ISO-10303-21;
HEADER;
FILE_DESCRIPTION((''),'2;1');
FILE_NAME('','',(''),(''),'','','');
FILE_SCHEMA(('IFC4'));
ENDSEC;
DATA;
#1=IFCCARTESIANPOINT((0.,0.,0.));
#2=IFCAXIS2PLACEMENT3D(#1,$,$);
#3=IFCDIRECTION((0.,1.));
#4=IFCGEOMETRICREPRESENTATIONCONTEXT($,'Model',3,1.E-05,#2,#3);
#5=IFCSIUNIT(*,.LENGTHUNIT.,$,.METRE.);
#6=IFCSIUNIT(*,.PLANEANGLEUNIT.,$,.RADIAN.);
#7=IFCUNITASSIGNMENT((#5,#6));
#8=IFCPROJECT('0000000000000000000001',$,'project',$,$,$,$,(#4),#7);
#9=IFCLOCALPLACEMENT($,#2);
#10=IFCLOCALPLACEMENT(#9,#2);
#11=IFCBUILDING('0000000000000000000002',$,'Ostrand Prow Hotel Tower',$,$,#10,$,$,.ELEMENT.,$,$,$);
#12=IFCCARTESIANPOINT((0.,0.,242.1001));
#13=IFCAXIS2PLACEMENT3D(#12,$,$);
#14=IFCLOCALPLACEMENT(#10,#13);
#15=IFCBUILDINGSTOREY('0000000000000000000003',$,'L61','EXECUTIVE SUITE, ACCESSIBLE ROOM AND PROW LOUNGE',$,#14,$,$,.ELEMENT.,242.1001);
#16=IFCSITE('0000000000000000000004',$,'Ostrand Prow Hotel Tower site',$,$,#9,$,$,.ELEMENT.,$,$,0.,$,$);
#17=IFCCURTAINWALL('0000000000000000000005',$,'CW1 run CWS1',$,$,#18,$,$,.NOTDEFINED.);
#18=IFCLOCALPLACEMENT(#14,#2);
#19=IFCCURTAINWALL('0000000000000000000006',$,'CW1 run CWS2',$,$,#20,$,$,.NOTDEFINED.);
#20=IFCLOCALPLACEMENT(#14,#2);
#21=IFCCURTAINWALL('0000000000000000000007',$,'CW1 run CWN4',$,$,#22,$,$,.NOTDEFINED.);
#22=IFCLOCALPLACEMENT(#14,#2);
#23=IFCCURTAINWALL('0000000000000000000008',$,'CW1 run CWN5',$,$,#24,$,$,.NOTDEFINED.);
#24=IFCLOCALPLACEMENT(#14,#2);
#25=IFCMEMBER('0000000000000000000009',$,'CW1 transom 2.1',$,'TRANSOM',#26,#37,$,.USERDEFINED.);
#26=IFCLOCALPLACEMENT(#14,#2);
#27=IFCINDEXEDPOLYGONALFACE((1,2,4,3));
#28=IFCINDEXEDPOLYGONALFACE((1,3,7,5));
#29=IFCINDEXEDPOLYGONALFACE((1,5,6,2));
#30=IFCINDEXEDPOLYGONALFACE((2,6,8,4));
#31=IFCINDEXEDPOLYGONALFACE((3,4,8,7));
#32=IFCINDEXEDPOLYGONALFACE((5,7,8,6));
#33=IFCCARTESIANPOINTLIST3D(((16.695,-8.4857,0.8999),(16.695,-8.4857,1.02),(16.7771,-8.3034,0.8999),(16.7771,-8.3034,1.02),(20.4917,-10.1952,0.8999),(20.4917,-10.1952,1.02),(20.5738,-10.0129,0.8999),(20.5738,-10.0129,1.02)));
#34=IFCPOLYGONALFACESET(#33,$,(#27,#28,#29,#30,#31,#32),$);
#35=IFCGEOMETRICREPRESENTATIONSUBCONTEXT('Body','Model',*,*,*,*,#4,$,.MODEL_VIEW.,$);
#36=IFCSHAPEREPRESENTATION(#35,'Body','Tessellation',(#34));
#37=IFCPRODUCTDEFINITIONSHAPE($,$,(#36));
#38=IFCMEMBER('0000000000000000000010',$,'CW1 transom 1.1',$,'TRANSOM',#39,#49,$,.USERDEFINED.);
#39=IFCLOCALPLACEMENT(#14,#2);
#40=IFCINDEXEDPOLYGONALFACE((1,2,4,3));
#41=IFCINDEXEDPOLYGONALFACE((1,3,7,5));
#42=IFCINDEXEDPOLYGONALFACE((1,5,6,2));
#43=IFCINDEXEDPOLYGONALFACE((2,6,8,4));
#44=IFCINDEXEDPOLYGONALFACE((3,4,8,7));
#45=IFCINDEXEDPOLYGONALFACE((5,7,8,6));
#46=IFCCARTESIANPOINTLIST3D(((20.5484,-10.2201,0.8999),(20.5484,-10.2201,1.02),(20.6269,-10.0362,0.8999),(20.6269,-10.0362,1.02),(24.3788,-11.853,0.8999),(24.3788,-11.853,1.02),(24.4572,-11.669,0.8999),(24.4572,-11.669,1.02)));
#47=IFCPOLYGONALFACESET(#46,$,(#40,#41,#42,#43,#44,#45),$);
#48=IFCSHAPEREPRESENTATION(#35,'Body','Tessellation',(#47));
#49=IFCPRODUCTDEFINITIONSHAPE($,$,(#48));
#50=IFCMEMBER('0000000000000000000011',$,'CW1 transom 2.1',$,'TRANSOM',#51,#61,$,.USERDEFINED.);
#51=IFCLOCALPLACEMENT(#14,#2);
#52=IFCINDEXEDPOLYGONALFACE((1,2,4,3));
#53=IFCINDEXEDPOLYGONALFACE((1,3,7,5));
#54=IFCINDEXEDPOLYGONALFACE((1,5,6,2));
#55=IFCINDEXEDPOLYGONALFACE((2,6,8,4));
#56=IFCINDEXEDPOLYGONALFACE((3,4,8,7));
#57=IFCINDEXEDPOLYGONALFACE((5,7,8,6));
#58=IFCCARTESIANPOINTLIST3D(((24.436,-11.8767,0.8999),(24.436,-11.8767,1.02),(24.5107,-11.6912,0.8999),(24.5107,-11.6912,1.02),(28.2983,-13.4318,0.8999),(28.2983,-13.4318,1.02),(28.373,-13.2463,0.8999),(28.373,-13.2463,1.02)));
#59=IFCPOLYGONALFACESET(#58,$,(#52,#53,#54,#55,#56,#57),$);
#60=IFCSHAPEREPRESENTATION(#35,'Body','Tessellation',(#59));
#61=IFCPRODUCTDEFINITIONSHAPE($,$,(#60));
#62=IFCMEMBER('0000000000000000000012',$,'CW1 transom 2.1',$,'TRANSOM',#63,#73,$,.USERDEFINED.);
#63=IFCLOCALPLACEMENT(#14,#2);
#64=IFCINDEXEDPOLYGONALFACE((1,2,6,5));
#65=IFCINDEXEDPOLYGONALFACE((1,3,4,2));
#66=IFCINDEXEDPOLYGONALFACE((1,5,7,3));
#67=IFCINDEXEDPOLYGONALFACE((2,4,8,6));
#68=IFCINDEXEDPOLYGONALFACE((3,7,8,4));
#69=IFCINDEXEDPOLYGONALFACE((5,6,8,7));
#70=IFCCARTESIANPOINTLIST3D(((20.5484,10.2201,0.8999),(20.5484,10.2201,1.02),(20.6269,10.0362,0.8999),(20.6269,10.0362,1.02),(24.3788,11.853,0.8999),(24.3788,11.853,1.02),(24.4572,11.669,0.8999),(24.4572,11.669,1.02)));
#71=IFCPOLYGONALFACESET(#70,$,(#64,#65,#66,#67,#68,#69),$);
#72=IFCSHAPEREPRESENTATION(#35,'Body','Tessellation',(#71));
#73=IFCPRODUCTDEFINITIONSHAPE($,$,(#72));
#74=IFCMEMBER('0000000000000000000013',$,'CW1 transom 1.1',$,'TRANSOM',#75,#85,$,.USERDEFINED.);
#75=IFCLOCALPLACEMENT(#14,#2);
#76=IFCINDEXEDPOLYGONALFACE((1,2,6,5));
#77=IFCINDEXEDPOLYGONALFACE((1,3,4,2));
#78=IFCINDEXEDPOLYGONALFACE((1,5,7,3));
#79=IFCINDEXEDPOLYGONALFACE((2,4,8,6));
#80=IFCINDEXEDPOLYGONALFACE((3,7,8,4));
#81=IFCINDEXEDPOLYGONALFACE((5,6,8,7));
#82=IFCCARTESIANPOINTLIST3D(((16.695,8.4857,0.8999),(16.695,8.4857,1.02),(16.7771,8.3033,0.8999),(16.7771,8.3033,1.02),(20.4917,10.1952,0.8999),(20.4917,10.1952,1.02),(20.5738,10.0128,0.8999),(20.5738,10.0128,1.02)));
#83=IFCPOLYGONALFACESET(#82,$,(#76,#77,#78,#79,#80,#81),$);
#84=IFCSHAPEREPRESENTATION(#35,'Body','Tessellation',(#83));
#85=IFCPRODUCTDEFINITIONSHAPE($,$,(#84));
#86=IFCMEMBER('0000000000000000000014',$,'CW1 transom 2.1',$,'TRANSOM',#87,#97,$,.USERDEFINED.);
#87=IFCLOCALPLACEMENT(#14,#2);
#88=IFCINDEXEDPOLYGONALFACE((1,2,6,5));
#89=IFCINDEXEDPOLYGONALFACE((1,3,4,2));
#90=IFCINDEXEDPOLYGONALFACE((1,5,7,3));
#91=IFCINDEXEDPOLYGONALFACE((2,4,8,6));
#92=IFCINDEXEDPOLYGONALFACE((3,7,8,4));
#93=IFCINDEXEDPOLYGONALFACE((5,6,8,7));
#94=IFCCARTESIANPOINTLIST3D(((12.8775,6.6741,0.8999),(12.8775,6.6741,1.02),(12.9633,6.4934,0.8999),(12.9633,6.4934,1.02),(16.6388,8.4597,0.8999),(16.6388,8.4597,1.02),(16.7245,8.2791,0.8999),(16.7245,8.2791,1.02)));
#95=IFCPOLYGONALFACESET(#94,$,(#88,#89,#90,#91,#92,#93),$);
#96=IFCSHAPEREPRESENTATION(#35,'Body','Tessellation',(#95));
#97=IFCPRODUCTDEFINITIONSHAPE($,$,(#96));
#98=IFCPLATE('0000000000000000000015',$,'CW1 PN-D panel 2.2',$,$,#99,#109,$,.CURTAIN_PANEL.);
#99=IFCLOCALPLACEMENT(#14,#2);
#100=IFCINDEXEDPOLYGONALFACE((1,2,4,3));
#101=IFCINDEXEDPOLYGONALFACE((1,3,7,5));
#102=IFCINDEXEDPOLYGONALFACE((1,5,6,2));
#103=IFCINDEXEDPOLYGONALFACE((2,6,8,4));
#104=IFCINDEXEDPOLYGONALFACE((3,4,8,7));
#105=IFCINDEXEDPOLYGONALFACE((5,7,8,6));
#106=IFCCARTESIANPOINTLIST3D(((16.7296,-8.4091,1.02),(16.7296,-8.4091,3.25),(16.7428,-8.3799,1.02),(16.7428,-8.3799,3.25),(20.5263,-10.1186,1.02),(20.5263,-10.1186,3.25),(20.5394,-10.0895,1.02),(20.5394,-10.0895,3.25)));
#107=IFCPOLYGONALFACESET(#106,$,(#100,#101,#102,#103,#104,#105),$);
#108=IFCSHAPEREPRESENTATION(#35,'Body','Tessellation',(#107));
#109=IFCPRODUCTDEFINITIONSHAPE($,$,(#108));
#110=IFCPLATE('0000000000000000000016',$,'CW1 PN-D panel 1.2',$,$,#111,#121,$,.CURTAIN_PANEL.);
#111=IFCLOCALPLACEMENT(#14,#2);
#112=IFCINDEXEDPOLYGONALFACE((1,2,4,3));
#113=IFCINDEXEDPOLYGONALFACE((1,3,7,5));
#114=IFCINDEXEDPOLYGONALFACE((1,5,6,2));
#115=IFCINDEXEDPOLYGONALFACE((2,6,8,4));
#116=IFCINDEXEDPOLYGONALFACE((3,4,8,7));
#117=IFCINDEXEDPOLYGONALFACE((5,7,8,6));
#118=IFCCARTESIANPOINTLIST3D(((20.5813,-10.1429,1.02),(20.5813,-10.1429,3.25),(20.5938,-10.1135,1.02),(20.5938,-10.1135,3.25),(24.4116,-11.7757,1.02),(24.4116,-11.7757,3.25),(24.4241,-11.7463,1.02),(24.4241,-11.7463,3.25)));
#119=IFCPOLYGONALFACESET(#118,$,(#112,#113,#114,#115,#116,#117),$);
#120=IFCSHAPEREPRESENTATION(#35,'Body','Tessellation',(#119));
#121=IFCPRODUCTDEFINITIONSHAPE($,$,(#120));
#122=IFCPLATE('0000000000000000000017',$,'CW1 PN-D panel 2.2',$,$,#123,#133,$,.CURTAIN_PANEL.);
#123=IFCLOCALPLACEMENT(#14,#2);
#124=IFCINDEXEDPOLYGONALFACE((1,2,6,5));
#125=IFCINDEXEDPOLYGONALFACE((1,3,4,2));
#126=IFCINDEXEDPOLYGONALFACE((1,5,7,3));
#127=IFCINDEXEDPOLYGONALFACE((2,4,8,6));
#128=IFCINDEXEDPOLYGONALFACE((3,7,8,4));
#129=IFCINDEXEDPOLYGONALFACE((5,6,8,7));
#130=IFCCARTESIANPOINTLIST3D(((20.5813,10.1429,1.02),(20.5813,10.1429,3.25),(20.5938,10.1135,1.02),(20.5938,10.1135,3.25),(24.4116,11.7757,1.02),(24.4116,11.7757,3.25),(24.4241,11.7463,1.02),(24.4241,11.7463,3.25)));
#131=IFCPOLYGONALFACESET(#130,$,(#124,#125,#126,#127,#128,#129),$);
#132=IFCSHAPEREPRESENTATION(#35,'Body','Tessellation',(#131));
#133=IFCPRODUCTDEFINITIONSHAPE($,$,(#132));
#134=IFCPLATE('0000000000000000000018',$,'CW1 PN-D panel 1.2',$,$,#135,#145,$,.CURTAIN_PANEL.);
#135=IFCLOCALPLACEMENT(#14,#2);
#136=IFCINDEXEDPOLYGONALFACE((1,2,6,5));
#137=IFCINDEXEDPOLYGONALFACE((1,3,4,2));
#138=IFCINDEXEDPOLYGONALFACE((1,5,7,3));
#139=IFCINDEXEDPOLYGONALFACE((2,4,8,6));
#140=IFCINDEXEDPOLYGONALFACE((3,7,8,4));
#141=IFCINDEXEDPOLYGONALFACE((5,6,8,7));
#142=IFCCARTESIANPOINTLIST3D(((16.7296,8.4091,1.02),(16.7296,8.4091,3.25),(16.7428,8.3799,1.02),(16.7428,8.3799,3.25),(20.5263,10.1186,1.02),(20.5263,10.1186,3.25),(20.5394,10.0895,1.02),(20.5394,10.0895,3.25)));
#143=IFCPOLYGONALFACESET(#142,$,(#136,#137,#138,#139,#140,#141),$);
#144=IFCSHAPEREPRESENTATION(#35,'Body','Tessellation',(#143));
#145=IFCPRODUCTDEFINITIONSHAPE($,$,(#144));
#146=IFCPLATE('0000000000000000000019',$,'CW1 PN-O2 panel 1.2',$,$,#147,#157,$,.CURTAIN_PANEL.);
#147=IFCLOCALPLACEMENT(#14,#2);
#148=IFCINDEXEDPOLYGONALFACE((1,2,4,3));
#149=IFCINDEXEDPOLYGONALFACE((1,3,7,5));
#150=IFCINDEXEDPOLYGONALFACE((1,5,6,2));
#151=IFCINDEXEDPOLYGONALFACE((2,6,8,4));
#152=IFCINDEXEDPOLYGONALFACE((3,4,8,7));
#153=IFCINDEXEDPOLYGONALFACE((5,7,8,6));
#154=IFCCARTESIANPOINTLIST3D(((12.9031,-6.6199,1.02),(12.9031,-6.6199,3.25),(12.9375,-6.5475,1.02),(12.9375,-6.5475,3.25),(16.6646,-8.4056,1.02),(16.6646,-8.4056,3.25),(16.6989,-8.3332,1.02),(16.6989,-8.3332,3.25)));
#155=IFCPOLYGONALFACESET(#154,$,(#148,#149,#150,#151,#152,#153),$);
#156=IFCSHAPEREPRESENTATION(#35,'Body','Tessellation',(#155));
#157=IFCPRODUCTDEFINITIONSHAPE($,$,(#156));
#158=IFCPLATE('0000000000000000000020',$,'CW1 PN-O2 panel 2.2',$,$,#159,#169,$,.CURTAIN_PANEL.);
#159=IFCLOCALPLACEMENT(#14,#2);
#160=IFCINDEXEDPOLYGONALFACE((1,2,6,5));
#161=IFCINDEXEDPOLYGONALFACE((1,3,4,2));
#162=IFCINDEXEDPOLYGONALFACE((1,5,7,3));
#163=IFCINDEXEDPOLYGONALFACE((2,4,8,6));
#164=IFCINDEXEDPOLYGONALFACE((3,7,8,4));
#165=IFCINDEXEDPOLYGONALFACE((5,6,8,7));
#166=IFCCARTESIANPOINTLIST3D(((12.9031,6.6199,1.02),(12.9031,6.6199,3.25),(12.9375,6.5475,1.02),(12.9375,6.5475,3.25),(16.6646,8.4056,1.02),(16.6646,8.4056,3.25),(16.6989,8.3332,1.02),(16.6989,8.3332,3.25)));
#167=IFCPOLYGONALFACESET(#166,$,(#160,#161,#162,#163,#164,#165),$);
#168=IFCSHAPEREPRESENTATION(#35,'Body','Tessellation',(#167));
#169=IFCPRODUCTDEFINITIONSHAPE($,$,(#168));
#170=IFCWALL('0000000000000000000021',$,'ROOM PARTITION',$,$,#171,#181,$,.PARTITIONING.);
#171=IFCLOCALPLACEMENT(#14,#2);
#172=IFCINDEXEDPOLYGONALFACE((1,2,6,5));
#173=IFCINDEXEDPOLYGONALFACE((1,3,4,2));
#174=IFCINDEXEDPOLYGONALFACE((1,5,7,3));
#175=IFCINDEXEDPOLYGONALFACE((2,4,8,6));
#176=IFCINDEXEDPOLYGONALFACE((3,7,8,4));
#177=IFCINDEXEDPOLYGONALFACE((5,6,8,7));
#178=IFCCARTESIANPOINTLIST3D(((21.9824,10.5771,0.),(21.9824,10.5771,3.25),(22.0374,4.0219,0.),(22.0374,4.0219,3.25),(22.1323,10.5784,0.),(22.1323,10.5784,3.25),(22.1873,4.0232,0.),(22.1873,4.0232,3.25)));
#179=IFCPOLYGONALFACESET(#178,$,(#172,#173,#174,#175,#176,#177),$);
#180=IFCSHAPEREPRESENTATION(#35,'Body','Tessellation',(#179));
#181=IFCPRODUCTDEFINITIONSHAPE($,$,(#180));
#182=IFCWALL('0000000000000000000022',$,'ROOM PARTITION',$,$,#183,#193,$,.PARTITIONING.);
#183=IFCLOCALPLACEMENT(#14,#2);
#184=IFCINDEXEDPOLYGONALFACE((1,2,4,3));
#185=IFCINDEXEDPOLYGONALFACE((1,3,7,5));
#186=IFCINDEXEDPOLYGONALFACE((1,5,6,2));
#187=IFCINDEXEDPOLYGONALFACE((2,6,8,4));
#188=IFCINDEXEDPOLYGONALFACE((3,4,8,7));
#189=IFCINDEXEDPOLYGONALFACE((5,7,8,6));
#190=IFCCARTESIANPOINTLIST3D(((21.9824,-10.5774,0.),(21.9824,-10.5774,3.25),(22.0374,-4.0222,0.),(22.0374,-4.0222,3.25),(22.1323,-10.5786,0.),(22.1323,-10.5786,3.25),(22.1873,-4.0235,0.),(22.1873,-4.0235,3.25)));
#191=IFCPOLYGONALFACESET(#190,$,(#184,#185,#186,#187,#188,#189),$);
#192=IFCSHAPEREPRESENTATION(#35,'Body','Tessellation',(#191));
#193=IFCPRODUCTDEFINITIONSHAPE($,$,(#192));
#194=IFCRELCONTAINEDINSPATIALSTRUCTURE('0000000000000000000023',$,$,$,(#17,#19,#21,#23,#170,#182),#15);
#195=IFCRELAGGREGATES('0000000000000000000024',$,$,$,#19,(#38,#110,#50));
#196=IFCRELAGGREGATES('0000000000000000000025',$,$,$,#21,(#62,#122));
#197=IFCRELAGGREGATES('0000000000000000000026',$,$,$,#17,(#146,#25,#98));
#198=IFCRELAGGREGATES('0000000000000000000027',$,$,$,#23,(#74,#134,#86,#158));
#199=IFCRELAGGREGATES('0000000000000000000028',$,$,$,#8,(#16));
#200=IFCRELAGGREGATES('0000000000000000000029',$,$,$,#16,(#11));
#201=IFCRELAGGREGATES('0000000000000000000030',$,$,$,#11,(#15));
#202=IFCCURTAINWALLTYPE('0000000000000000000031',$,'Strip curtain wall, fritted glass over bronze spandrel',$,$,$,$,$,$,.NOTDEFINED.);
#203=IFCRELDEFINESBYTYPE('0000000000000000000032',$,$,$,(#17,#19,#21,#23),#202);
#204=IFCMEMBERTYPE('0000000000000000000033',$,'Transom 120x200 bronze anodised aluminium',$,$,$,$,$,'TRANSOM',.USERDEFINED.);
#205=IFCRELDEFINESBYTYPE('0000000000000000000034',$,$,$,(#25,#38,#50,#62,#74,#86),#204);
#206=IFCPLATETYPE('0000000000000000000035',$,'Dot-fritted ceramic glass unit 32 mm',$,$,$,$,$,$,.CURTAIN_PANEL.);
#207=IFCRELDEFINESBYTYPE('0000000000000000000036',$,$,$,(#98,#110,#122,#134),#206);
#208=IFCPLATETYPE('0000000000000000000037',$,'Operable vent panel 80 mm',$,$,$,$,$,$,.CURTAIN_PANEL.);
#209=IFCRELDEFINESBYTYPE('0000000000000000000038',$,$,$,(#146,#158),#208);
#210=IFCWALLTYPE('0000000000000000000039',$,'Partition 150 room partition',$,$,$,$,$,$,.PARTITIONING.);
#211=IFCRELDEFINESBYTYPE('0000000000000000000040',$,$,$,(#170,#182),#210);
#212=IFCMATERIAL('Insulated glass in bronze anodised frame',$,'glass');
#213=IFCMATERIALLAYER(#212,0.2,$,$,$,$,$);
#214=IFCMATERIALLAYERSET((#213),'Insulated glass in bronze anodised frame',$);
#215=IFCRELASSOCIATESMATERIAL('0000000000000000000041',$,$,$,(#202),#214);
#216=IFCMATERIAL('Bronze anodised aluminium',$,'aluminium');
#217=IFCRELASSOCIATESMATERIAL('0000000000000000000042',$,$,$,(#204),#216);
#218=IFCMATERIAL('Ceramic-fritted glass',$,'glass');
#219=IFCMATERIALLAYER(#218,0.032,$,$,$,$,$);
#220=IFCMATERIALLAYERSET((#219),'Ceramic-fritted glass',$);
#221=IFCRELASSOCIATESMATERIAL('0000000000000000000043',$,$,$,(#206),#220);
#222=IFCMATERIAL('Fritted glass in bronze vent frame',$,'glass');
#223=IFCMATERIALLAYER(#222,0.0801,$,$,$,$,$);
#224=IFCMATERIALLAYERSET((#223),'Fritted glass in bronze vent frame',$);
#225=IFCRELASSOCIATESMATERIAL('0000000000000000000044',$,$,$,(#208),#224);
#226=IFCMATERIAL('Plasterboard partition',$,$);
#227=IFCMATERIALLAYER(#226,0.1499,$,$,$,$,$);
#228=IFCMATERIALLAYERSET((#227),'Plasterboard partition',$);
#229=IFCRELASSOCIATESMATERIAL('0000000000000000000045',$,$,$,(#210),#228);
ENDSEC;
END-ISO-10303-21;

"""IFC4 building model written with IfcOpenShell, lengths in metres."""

from ifc_helpers import new_model, si_unit, direction, frame, frame_2d, origin, origin_2d, place, context, subcontext, project, spatial, rectangle, extrude, material, layer, layer_set, material_profile, profile_set, type_object, element, aggregate, save


model = new_model("IFC4")

# Units and contexts
model_context = context("Model", 3, precision=1e-05, world=origin(), true_north=direction((0.0, 1.0)))
body_context = subcontext(model_context, "Body", "Model", "MODEL_VIEW")
ifc_project = project(units=[si_unit("LENGTHUNIT", "METRE"), si_unit("PLANEANGLEUNIT", "RADIAN")], contexts=[model_context])

# Site, building, storey
site_placement = place(None, origin())
site = spatial("IfcSite", under=ifc_project, at=site_placement, Name="Ostrand Prow Hotel Tower site", CompositionType="ELEMENT", RefElevation=0.0)
building_placement = place(site_placement, origin())
building = spatial("IfcBuilding", under=site, at=building_placement, Name="Ostrand Prow Hotel Tower", CompositionType="ELEMENT")
storey_placement = place(building_placement, frame((0.0, 0.0, 242.1001)))
storey = spatial("IfcBuildingStorey", under=building, at=storey_placement, Name="L61", Description="EXECUTIVE SUITE, ACCESSIBLE ROOM AND PROW LOUNGE", CompositionType="ELEMENT", Elevation=242.1001)

# Curtain wall
ifc_material_1 = material(Name="Insulated glass in bronze anodised frame", Category="glass")
ifc_layer_1 = layer(ifc_material_1, 0.2)
ifc_layer_set_1 = layer_set([ifc_layer_1], Name="Insulated glass in bronze anodised frame")
curtain_wall_type = type_object("IfcCurtainWallType", Name="Strip curtain wall, fritted glass over bronze spandrel", PredefinedType="NOTDEFINED", material=ifc_layer_set_1)
curtain_wall_1_placement = place(storey_placement, origin())
curtain_wall_1 = element("IfcCurtainWall", 1, at=curtain_wall_1_placement, inside=storey, type_object=curtain_wall_type, Name="CW1 run CWS1", PredefinedType="NOTDEFINED")

# Curtain wall
curtain_wall_2_placement = place(storey_placement, origin())
curtain_wall_2 = element("IfcCurtainWall", 2, at=curtain_wall_2_placement, inside=storey, type_object=curtain_wall_type, Name="CW1 run CWS2", PredefinedType="NOTDEFINED")

# Curtain wall
curtain_wall_3_placement = place(storey_placement, origin())
curtain_wall_3 = element("IfcCurtainWall", 3, at=curtain_wall_3_placement, inside=storey, type_object=curtain_wall_type, Name="CW1 run CWN4", PredefinedType="NOTDEFINED")

# Curtain wall
curtain_wall_4_placement = place(storey_placement, origin())
curtain_wall_4 = element("IfcCurtainWall", 4, at=curtain_wall_4_placement, inside=storey, type_object=curtain_wall_type, Name="CW1 run CWN5", PredefinedType="NOTDEFINED")

# Members
ifc_material_2 = material(Name="Bronze anodised aluminium", Category="aluminium")
ifc_material_profile_1 = material_profile(ifc_material_2, rectangle(XDim=0.2, YDim=0.1201, at=origin_2d()), Name="Transom 120x200 bronze anodised aluminium")
ifc_profile_set_1 = profile_set([ifc_material_profile_1], Name="Bronze anodised aluminium")
member_type_1 = type_object("IfcMemberType", Name="Transom 120x200 bronze anodised aluminium", ElementType="TRANSOM", PredefinedType="USERDEFINED", material=ifc_profile_set_1)
member_1_placement = place(storey_placement, frame((16.7361, -8.3945, 0.96), z_axis=(0.911833, -0.410562, 0.0), x_axis=(0.410562, 0.911833, 0.0)))
member_1 = element("IfcMember", 5, at=member_1_placement, type_object=member_type_1, Name="CW1 transom 2.1", ObjectType="TRANSOM", PredefinedType="USERDEFINED", context=body_context, shape_type="SweptSolid", body=[
    extrude(rectangle(XDim=0.2, YDim=0.1201, at=origin_2d()), origin(), (0.0, 0.0, 1.0), 4.1638),
])
member_2_placement = place(storey_placement, frame((20.5876, -10.1282, 0.96), z_axis=(0.919905, -0.392142, 0.0), x_axis=(0.392142, 0.919905, 0.0)))
member_2 = element("IfcMember", 6, at=member_2_placement, type_object=member_type_1, Name="CW1 transom 1.1", ObjectType="TRANSOM", PredefinedType="USERDEFINED", context=body_context, shape_type="SweptSolid", body=[
    extrude(rectangle(XDim=0.2, YDim=0.1201, at=origin_2d()), origin(), (0.0, 0.0, 1.0), 4.1638),
])
member_3_placement = place(storey_placement, frame((24.4734, -11.7839, 0.96), z_axis=(0.927625, -0.373513, 0.0), x_axis=(0.373513, 0.927625, 0.0)))
member_3 = element("IfcMember", 7, at=member_3_placement, type_object=member_type_1, Name="CW1 transom 2.1", ObjectType="TRANSOM", PredefinedType="USERDEFINED", context=body_context, shape_type="SweptSolid", body=[
    extrude(rectangle(XDim=0.2, YDim=0.1201, at=origin_2d()), origin(), (0.0, 0.0, 1.0), 4.1636),
])
member_4_placement = place(storey_placement, frame((24.418, 11.761, 0.96), z_axis=(-0.919905, -0.392142, 0.0), x_axis=(0.392142, -0.919905, 0.0)))
member_4 = element("IfcMember", 8, at=member_4_placement, type_object=member_type_1, Name="CW1 transom 2.1", ObjectType="TRANSOM", PredefinedType="USERDEFINED", context=body_context, shape_type="SweptSolid", body=[
    extrude(rectangle(XDim=0.2, YDim=0.1201, at=origin_2d()), origin(), (0.0, 0.0, 1.0), 4.1638),
])
member_5_placement = place(storey_placement, frame((20.5327, 10.104, 0.96), z_axis=(-0.911833, -0.410562, 0.0), x_axis=(0.410562, -0.911833, 0.0)))
member_5 = element("IfcMember", 9, at=member_5_placement, type_object=member_type_1, Name="CW1 transom 1.1", ObjectType="TRANSOM", PredefinedType="USERDEFINED", context=body_context, shape_type="SweptSolid", body=[
    extrude(rectangle(XDim=0.2, YDim=0.1201, at=origin_2d()), origin(), (0.0, 0.0, 1.0), 4.1638),
])
member_6_placement = place(storey_placement, frame((16.6816, 8.3694, 0.96), z_axis=(-0.903365, -0.428873, 0.0), x_axis=(0.428873, -0.903365, 0.0)))
member_6 = element("IfcMember", 10, at=member_6_placement, type_object=member_type_1, Name="CW1 transom 2.1", ObjectType="TRANSOM", PredefinedType="USERDEFINED", context=body_context, shape_type="SweptSolid", body=[
    extrude(rectangle(XDim=0.2, YDim=0.1201, at=origin_2d()), origin(), (0.0, 0.0, 1.0), 4.1636),
])

# Plates
ifc_material_3 = material(Name="Ceramic-fritted glass", Category="glass")
ifc_layer_2 = layer(ifc_material_3, 0.032)
ifc_layer_set_2 = layer_set([ifc_layer_2], Name="Ceramic-fritted glass")
plate_type_1 = type_object("IfcPlateType", Name="Dot-fritted ceramic glass unit 32 mm", PredefinedType="CURTAIN_PANEL", material=ifc_layer_set_2)
plate_1_placement = place(storey_placement, frame((18.6345, -9.2493, 1.02), z_axis=(0.0, 0.0, 1.0), x_axis=(0.911824, -0.410582, 0.0)))
plate_1 = element("IfcPlate", 11, at=plate_1_placement, type_object=plate_type_1, Name="CW1 PN-D panel 2.2", PredefinedType="CURTAIN_PANEL", context=body_context, shape_type="SweptSolid", body=[
    extrude(rectangle(XDim=4.1638, YDim=0.032, at=origin_2d()), origin(), (0.0, 0.0, 1.0), 2.23),
])
plate_2_placement = place(storey_placement, frame((22.5027, -10.9446, 1.02), z_axis=(0.0, 0.0, 1.0), x_axis=(0.919907, -0.392136, 0.0)))
plate_2 = element("IfcPlate", 12, at=plate_2_placement, type_object=plate_type_1, Name="CW1 PN-D panel 1.2", PredefinedType="CURTAIN_PANEL", context=body_context, shape_type="SweptSolid", body=[
    extrude(rectangle(XDim=4.1638, YDim=0.032, at=origin_2d()), origin(), (0.0, 0.0, 1.0), 2.23),
])
aggregate(curtain_wall_2, [member_2, plate_2, member_3])
plate_3_placement = place(storey_placement, frame((22.5027, 10.9446, 1.02), z_axis=(0.0, 0.0, 1.0), x_axis=(-0.919907, -0.392136, 0.0)))
plate_3 = element("IfcPlate", 13, at=plate_3_placement, type_object=plate_type_1, Name="CW1 PN-D panel 2.2", PredefinedType="CURTAIN_PANEL", context=body_context, shape_type="SweptSolid", body=[
    extrude(rectangle(XDim=4.1638, YDim=0.032, at=origin_2d()), origin(), (0.0, 0.0, 1.0), 2.23),
])
aggregate(curtain_wall_3, [member_4, plate_3])
plate_4_placement = place(storey_placement, frame((18.6345, 9.2493, 1.02), z_axis=(0.0, 0.0, 1.0), x_axis=(-0.911824, -0.410582, 0.0)))
plate_4 = element("IfcPlate", 14, at=plate_4_placement, type_object=plate_type_1, Name="CW1 PN-D panel 1.2", PredefinedType="CURTAIN_PANEL", context=body_context, shape_type="SweptSolid", body=[
    extrude(rectangle(XDim=4.1638, YDim=0.032, at=origin_2d()), origin(), (0.0, 0.0, 1.0), 2.23),
])
ifc_material_4 = material(Name="Fritted glass in bronze vent frame", Category="glass")
ifc_layer_3 = layer(ifc_material_4, 0.0801)
ifc_layer_set_3 = layer_set([ifc_layer_3], Name="Fritted glass in bronze vent frame")
plate_type_2 = type_object("IfcPlateType", Name="Operable vent panel 80 mm", PredefinedType="CURTAIN_PANEL", material=ifc_layer_set_3)
plate_5_placement = place(storey_placement, frame((14.801, -7.4766, 1.02), z_axis=(0.0, 0.0, 1.0), x_axis=(0.90337, -0.428861, 0.0)))
plate_5 = element("IfcPlate", 15, at=plate_5_placement, type_object=plate_type_2, Name="CW1 PN-O2 panel 1.2", PredefinedType="CURTAIN_PANEL", context=body_context, shape_type="SweptSolid", body=[
    extrude(rectangle(XDim=4.1638, YDim=0.0801, at=origin_2d()), origin(), (0.0, 0.0, 1.0), 2.23),
])
aggregate(curtain_wall_1, [plate_5, member_1, plate_1])
plate_6_placement = place(storey_placement, frame((14.801, 7.4766, 1.02), z_axis=(0.0, 0.0, 1.0), x_axis=(-0.90337, -0.428861, 0.0)))
plate_6 = element("IfcPlate", 16, at=plate_6_placement, type_object=plate_type_2, Name="CW1 PN-O2 panel 2.2", PredefinedType="CURTAIN_PANEL", context=body_context, shape_type="SweptSolid", body=[
    extrude(rectangle(XDim=4.1638, YDim=0.0801, at=origin_2d()), origin(), (0.0, 0.0, 1.0), 2.23),
])
aggregate(curtain_wall_4, [member_5, plate_4, member_6, plate_6])

# Walls
ifc_material_5 = material(Name="Plasterboard partition")
ifc_layer_4 = layer(ifc_material_5, 0.1499)
ifc_layer_set_4 = layer_set([ifc_layer_4], Name="Plasterboard partition")
wall_type_1 = type_object("IfcWallType", Name="Partition 150 room partition", PredefinedType="PARTITIONING", material=ifc_layer_set_4)
for number, where, z_axis, x_axis, name in (
    (17, (22.0574, 10.5779, 0.0), (0.0, 0.0, 1.0), (0.00838, -0.999965, 0.0), "ROOM PARTITION"),
    (18, (22.1123, -4.0227, 0.0), (0.0, 0.0, 1.0), (-0.00838, -0.999965, 0.0), "ROOM PARTITION"),
):
    element("IfcWall", number, at=place(storey_placement, frame(where, z_axis=z_axis, x_axis=x_axis)), inside=storey, type_object=wall_type_1, Name=name, PredefinedType="PARTITIONING", context=body_context, shape_type="SweptSolid", body=[
        extrude(rectangle(XDim=6.5554, YDim=0.1499, at=frame_2d((3.2778, 0.0))), origin(), (0.0, 0.0, 1.0), 3.25),
    ])

save(model, "model.ifc")
